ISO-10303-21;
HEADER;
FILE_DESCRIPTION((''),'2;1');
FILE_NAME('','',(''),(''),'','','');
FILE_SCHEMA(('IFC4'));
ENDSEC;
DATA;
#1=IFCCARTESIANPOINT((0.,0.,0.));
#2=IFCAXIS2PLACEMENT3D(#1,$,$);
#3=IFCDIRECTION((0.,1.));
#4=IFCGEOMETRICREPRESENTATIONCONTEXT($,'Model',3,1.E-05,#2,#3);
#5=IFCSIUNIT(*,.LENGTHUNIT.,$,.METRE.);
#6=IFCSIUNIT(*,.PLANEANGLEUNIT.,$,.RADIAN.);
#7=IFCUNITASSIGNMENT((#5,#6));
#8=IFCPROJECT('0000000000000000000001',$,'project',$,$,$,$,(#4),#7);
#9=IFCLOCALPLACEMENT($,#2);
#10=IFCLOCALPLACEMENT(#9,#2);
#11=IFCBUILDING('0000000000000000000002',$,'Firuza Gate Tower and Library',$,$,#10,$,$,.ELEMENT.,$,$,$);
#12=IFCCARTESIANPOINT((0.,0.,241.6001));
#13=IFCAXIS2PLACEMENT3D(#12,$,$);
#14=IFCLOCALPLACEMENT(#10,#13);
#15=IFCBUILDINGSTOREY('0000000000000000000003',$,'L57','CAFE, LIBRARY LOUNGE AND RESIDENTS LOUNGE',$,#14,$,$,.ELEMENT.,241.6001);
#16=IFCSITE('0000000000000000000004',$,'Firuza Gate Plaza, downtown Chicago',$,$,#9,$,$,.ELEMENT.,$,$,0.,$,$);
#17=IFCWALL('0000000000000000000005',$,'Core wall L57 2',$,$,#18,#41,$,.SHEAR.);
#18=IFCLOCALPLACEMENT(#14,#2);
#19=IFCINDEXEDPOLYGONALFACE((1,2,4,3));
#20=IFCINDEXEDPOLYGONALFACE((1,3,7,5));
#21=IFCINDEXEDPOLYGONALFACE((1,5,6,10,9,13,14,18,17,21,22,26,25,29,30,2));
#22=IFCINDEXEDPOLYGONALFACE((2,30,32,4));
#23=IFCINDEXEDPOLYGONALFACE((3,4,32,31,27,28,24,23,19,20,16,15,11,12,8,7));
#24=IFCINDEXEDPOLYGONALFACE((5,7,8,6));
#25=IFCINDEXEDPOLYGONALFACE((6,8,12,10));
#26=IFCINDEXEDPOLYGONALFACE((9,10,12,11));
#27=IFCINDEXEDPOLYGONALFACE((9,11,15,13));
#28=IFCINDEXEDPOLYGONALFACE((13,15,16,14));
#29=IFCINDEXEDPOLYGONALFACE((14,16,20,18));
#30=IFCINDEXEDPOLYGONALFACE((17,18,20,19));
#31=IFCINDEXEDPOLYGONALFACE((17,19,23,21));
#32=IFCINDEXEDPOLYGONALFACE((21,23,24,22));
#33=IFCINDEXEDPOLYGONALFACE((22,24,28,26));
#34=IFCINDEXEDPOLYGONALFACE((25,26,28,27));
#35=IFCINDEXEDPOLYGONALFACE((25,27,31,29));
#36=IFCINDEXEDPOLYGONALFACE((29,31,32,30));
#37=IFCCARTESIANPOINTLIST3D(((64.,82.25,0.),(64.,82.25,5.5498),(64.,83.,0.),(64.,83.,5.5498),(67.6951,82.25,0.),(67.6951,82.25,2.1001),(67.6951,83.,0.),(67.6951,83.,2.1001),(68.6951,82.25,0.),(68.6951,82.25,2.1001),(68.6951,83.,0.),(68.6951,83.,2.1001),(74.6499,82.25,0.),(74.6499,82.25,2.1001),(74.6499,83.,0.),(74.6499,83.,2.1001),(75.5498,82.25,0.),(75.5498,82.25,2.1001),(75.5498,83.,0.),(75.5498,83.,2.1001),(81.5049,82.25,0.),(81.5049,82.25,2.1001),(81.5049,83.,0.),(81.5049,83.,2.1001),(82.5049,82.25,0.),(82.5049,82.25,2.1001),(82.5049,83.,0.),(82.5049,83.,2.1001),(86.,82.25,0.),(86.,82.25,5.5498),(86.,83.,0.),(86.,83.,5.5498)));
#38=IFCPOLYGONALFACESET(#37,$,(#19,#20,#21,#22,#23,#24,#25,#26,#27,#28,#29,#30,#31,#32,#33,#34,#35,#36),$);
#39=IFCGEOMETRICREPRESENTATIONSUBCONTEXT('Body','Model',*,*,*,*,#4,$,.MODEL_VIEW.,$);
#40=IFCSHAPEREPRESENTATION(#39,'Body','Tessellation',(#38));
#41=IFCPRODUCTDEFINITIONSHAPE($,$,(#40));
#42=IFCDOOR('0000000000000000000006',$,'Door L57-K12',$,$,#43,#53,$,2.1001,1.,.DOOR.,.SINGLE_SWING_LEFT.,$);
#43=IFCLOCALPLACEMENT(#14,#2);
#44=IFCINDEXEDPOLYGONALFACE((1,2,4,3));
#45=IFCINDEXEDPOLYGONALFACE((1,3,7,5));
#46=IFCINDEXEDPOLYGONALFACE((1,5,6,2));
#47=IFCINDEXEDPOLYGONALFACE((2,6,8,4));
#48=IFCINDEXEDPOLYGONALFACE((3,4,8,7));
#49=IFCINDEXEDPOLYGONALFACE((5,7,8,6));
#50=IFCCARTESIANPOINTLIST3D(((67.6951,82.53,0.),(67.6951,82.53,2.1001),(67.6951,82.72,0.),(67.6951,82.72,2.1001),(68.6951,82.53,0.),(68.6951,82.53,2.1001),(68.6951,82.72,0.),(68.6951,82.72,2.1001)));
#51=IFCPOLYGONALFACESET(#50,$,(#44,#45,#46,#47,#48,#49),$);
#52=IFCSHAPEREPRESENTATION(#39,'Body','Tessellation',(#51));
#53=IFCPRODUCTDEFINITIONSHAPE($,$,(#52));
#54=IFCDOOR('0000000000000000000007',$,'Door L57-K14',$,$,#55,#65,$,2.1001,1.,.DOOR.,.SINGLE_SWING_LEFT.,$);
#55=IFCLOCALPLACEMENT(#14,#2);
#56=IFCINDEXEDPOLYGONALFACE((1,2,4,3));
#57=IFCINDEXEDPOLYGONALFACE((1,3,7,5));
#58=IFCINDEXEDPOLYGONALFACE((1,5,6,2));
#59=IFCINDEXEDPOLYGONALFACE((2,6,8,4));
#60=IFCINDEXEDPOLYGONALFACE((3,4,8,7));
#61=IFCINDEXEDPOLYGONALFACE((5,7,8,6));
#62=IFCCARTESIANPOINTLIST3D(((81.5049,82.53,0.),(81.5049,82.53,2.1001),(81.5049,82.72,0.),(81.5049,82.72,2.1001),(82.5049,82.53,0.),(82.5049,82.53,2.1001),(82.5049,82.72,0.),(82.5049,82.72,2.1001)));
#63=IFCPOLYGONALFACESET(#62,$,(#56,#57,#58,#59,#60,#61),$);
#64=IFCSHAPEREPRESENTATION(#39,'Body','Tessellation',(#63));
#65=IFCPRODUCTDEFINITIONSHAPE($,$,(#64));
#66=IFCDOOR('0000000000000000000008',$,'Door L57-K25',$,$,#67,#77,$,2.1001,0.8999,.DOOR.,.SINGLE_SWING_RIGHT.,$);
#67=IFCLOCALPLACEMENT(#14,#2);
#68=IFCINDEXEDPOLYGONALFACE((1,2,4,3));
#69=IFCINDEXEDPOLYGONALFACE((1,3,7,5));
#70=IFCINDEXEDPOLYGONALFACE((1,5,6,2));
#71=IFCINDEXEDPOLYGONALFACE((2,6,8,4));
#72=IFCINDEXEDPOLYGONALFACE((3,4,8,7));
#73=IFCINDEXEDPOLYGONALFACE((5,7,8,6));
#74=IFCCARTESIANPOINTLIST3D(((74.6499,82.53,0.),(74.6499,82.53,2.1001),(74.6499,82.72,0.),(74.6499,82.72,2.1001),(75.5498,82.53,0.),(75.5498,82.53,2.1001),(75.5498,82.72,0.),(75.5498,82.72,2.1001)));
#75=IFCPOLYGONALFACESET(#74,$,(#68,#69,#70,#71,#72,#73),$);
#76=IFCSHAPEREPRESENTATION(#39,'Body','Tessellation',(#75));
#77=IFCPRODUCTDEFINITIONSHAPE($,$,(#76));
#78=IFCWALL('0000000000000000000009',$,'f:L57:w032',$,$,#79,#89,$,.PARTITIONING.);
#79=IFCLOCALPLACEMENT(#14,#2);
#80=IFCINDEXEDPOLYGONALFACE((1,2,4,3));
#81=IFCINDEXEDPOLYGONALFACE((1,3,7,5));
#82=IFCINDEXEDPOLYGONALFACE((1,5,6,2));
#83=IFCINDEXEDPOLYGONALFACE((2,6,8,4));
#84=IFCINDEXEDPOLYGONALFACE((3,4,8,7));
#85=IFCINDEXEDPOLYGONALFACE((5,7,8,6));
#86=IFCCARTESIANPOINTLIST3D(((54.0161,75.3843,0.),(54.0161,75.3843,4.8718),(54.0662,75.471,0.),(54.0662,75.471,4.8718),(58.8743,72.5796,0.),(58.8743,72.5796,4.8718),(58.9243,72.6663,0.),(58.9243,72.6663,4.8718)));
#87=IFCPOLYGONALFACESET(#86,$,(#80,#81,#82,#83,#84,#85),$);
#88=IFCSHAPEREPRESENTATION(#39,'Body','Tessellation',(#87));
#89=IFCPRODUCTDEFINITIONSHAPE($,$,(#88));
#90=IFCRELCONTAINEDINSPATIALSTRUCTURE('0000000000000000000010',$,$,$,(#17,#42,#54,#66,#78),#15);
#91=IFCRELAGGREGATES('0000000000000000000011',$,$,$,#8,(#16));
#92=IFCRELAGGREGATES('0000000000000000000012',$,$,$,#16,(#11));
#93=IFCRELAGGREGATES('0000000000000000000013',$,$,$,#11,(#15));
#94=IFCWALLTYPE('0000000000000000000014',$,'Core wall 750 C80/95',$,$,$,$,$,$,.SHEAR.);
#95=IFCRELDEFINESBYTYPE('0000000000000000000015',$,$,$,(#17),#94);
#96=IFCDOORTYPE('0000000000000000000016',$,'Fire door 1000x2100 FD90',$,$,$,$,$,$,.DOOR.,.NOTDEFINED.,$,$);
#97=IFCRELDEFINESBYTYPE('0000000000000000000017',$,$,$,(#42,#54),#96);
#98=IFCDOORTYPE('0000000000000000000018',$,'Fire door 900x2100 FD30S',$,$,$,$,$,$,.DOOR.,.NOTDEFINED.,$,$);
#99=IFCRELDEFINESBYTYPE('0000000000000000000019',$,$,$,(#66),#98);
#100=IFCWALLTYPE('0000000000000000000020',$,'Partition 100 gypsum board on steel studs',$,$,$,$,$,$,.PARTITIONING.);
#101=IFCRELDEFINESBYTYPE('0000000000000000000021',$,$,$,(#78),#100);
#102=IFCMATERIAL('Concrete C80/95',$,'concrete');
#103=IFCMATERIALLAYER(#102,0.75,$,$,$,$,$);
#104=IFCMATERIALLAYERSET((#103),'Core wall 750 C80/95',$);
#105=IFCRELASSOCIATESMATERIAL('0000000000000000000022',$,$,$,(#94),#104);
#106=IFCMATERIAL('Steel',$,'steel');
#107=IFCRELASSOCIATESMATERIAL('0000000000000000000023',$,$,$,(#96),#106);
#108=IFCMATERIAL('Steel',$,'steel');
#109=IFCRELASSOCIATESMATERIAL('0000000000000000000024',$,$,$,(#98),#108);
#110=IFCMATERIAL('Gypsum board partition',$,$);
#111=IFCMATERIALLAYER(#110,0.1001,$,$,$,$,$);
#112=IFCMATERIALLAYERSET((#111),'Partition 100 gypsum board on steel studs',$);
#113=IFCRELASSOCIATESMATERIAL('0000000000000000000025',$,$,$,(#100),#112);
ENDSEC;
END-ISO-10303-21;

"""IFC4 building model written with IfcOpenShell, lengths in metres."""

from ifc_helpers import new_model, si_unit, direction, frame, frame_2d, origin, place, context, subcontext, project, spatial, rectangle, extrude, material, layer, layer_set, type_object, element, fill, save


model = new_model("IFC4")

# Units and contexts
model_context = context("Model", 3, precision=1e-05, world=origin(), true_north=direction((0.0, 1.0)))
body_context = subcontext(model_context, "Body", "Model", "MODEL_VIEW")
ifc_project = project(units=[si_unit("LENGTHUNIT", "METRE"), si_unit("PLANEANGLEUNIT", "RADIAN")], contexts=[model_context])

# Site, building, storey
site_placement = place(None, origin())
site = spatial("IfcSite", under=ifc_project, at=site_placement, Name="Firuza Gate Plaza, downtown Chicago", CompositionType="ELEMENT", RefElevation=0.0)
building_placement = place(site_placement, origin())
building = spatial("IfcBuilding", under=site, at=building_placement, Name="Firuza Gate Tower and Library", CompositionType="ELEMENT")
storey_placement = place(building_placement, frame((0.0, 0.0, 241.6001)))
storey = spatial("IfcBuildingStorey", under=building, at=storey_placement, Name="L57", Description="CAFE, LIBRARY LOUNGE AND RESIDENTS LOUNGE", CompositionType="ELEMENT", Elevation=241.6001)

# Wall, openings, doors
ifc_material_1 = material(Name="Concrete C80/95", Category="concrete")
ifc_layer_1 = layer(ifc_material_1, 0.75)
ifc_layer_set_1 = layer_set([ifc_layer_1], Name="Core wall 750 C80/95")
wall_type_1 = type_object("IfcWallType", Name="Core wall 750 C80/95", PredefinedType="SHEAR", material=ifc_layer_set_1)
wall_1_placement = place(storey_placement, frame((64.0, 82.625, 0.0), z_axis=(0.0, 0.0, 1.0), x_axis=(1.0, 0.0, 0.0)))
wall_1 = element("IfcWall", 1, at=wall_1_placement, inside=storey, type_object=wall_type_1, Name="Core wall L57 2", PredefinedType="SHEAR", context=body_context, shape_type="SweptSolid", body=[
    extrude(rectangle(XDim=22.0, YDim=0.75, at=frame_2d((11.0, 0.0))), origin(), (0.0, 0.0, 1.0), 5.5498),
])
opening_1_placement = place(wall_1_placement, frame((3.6951, 0.0, 0.0)))
opening_1 = element("IfcOpeningElement", 2, at=opening_1_placement, cuts=wall_1, PredefinedType="OPENING", context=body_context, shape_type="SweptSolid", body=[
    extrude(rectangle(XDim=1.0, YDim=2.1001, at=frame_2d((0.5, 1.05))), frame((0.0, 0.385, 0.0), z_axis=(0.0, -1.0, 0.0), x_axis=(1.0, 0.0, 0.0)), (0.0, 0.0, 1.0), 0.77),
])
opening_2_placement = place(wall_1_placement, frame((17.5049, 0.0, 0.0)))
opening_2 = element("IfcOpeningElement", 3, at=opening_2_placement, cuts=wall_1, PredefinedType="OPENING", context=body_context, shape_type="SweptSolid", body=[
    extrude(rectangle(XDim=1.0, YDim=2.1001, at=frame_2d((0.5, 1.05))), frame((0.0, 0.385, 0.0), z_axis=(0.0, -1.0, 0.0), x_axis=(1.0, 0.0, 0.0)), (0.0, 0.0, 1.0), 0.77),
])
opening_3_placement = place(wall_1_placement, frame((10.6499, 0.0, 0.0)))
opening_3 = element("IfcOpeningElement", 4, at=opening_3_placement, cuts=wall_1, PredefinedType="OPENING", context=body_context, shape_type="SweptSolid", body=[
    extrude(rectangle(XDim=0.8999, YDim=2.1001, at=frame_2d((0.45, 1.05))), frame((0.0, 0.385, 0.0), z_axis=(0.0, -1.0, 0.0), x_axis=(1.0, 0.0, 0.0)), (0.0, 0.0, 1.0), 0.77),
])
ifc_material_2 = material(Name="Steel", Category="steel")
door_type_1 = type_object("IfcDoorType", Name="Fire door 1000x2100 FD90", OperationType="NOTDEFINED", PredefinedType="DOOR", material=ifc_material_2)
door_1_placement = place(opening_1_placement, origin())
door_1 = element("IfcDoor", 5, at=door_1_placement, inside=storey, type_object=door_type_1, Name="Door L57-K12", OperationType="SINGLE_SWING_LEFT", OverallHeight=2.1001, OverallWidth=1.0, PredefinedType="DOOR", context=body_context, shape_type="SweptSolid", body=[
    extrude(rectangle(XDim=1.0, YDim=2.1001, at=frame_2d((0.5, 1.05))), frame((0.0, 0.095, 0.0), z_axis=(0.0, -1.0, 0.0), x_axis=(1.0, 0.0, 0.0)), (0.0, 0.0, 1.0), 0.1899),
])
fill(opening_1, door_1)
door_2_placement = place(opening_2_placement, origin())
door_2 = element("IfcDoor", 6, at=door_2_placement, inside=storey, type_object=door_type_1, Name="Door L57-K14", OperationType="SINGLE_SWING_LEFT", OverallHeight=2.1001, OverallWidth=1.0, PredefinedType="DOOR", context=body_context, shape_type="SweptSolid", body=[
    extrude(rectangle(XDim=1.0, YDim=2.1001, at=frame_2d((0.5, 1.05))), frame((0.0, 0.095, 0.0), z_axis=(0.0, -1.0, 0.0), x_axis=(1.0, 0.0, 0.0)), (0.0, 0.0, 1.0), 0.1899),
])
fill(opening_2, door_2)
ifc_material_3 = material(Name="Steel", Category="steel")
door_type_2 = type_object("IfcDoorType", Name="Fire door 900x2100 FD30S", OperationType="NOTDEFINED", PredefinedType="DOOR", material=ifc_material_3)
door_3_placement = place(opening_3_placement, origin())
door_3 = element("IfcDoor", 7, at=door_3_placement, inside=storey, type_object=door_type_2, Name="Door L57-K25", OperationType="SINGLE_SWING_RIGHT", OverallHeight=2.1001, OverallWidth=0.8999, PredefinedType="DOOR", context=body_context, shape_type="SweptSolid", body=[
    extrude(rectangle(XDim=0.8999, YDim=2.1001, at=frame_2d((0.45, 1.05))), frame((0.0, 0.095, 0.0), z_axis=(0.0, -1.0, 0.0), x_axis=(1.0, 0.0, 0.0)), (0.0, 0.0, 1.0), 0.1899),
])
fill(opening_3, door_3)

# Wall
ifc_material_4 = material(Name="Gypsum board partition")
ifc_layer_2 = layer(ifc_material_4, 0.1001)
ifc_layer_set_2 = layer_set([ifc_layer_2], Name="Partition 100 gypsum board on steel studs")
wall_type_2 = type_object("IfcWallType", Name="Partition 100 gypsum board on steel studs", PredefinedType="PARTITIONING", material=ifc_layer_set_2)
wall_2_placement = place(storey_placement, frame((58.8992, 72.623, 0.0), z_axis=(0.0, 0.0, 1.0), x_axis=(-0.866038, 0.499977, 0.0)))
element("IfcWall", 8, at=wall_2_placement, inside=storey, type_object=wall_type_2, Name="f:L57:w032", PredefinedType="PARTITIONING", context=body_context, shape_type="SweptSolid", body=[
    extrude(rectangle(XDim=5.6096, YDim=0.1001, at=frame_2d((2.8047, 0.0))), origin(), (0.0, 0.0, 1.0), 4.8718),
])

save(model, "model.ifc")
